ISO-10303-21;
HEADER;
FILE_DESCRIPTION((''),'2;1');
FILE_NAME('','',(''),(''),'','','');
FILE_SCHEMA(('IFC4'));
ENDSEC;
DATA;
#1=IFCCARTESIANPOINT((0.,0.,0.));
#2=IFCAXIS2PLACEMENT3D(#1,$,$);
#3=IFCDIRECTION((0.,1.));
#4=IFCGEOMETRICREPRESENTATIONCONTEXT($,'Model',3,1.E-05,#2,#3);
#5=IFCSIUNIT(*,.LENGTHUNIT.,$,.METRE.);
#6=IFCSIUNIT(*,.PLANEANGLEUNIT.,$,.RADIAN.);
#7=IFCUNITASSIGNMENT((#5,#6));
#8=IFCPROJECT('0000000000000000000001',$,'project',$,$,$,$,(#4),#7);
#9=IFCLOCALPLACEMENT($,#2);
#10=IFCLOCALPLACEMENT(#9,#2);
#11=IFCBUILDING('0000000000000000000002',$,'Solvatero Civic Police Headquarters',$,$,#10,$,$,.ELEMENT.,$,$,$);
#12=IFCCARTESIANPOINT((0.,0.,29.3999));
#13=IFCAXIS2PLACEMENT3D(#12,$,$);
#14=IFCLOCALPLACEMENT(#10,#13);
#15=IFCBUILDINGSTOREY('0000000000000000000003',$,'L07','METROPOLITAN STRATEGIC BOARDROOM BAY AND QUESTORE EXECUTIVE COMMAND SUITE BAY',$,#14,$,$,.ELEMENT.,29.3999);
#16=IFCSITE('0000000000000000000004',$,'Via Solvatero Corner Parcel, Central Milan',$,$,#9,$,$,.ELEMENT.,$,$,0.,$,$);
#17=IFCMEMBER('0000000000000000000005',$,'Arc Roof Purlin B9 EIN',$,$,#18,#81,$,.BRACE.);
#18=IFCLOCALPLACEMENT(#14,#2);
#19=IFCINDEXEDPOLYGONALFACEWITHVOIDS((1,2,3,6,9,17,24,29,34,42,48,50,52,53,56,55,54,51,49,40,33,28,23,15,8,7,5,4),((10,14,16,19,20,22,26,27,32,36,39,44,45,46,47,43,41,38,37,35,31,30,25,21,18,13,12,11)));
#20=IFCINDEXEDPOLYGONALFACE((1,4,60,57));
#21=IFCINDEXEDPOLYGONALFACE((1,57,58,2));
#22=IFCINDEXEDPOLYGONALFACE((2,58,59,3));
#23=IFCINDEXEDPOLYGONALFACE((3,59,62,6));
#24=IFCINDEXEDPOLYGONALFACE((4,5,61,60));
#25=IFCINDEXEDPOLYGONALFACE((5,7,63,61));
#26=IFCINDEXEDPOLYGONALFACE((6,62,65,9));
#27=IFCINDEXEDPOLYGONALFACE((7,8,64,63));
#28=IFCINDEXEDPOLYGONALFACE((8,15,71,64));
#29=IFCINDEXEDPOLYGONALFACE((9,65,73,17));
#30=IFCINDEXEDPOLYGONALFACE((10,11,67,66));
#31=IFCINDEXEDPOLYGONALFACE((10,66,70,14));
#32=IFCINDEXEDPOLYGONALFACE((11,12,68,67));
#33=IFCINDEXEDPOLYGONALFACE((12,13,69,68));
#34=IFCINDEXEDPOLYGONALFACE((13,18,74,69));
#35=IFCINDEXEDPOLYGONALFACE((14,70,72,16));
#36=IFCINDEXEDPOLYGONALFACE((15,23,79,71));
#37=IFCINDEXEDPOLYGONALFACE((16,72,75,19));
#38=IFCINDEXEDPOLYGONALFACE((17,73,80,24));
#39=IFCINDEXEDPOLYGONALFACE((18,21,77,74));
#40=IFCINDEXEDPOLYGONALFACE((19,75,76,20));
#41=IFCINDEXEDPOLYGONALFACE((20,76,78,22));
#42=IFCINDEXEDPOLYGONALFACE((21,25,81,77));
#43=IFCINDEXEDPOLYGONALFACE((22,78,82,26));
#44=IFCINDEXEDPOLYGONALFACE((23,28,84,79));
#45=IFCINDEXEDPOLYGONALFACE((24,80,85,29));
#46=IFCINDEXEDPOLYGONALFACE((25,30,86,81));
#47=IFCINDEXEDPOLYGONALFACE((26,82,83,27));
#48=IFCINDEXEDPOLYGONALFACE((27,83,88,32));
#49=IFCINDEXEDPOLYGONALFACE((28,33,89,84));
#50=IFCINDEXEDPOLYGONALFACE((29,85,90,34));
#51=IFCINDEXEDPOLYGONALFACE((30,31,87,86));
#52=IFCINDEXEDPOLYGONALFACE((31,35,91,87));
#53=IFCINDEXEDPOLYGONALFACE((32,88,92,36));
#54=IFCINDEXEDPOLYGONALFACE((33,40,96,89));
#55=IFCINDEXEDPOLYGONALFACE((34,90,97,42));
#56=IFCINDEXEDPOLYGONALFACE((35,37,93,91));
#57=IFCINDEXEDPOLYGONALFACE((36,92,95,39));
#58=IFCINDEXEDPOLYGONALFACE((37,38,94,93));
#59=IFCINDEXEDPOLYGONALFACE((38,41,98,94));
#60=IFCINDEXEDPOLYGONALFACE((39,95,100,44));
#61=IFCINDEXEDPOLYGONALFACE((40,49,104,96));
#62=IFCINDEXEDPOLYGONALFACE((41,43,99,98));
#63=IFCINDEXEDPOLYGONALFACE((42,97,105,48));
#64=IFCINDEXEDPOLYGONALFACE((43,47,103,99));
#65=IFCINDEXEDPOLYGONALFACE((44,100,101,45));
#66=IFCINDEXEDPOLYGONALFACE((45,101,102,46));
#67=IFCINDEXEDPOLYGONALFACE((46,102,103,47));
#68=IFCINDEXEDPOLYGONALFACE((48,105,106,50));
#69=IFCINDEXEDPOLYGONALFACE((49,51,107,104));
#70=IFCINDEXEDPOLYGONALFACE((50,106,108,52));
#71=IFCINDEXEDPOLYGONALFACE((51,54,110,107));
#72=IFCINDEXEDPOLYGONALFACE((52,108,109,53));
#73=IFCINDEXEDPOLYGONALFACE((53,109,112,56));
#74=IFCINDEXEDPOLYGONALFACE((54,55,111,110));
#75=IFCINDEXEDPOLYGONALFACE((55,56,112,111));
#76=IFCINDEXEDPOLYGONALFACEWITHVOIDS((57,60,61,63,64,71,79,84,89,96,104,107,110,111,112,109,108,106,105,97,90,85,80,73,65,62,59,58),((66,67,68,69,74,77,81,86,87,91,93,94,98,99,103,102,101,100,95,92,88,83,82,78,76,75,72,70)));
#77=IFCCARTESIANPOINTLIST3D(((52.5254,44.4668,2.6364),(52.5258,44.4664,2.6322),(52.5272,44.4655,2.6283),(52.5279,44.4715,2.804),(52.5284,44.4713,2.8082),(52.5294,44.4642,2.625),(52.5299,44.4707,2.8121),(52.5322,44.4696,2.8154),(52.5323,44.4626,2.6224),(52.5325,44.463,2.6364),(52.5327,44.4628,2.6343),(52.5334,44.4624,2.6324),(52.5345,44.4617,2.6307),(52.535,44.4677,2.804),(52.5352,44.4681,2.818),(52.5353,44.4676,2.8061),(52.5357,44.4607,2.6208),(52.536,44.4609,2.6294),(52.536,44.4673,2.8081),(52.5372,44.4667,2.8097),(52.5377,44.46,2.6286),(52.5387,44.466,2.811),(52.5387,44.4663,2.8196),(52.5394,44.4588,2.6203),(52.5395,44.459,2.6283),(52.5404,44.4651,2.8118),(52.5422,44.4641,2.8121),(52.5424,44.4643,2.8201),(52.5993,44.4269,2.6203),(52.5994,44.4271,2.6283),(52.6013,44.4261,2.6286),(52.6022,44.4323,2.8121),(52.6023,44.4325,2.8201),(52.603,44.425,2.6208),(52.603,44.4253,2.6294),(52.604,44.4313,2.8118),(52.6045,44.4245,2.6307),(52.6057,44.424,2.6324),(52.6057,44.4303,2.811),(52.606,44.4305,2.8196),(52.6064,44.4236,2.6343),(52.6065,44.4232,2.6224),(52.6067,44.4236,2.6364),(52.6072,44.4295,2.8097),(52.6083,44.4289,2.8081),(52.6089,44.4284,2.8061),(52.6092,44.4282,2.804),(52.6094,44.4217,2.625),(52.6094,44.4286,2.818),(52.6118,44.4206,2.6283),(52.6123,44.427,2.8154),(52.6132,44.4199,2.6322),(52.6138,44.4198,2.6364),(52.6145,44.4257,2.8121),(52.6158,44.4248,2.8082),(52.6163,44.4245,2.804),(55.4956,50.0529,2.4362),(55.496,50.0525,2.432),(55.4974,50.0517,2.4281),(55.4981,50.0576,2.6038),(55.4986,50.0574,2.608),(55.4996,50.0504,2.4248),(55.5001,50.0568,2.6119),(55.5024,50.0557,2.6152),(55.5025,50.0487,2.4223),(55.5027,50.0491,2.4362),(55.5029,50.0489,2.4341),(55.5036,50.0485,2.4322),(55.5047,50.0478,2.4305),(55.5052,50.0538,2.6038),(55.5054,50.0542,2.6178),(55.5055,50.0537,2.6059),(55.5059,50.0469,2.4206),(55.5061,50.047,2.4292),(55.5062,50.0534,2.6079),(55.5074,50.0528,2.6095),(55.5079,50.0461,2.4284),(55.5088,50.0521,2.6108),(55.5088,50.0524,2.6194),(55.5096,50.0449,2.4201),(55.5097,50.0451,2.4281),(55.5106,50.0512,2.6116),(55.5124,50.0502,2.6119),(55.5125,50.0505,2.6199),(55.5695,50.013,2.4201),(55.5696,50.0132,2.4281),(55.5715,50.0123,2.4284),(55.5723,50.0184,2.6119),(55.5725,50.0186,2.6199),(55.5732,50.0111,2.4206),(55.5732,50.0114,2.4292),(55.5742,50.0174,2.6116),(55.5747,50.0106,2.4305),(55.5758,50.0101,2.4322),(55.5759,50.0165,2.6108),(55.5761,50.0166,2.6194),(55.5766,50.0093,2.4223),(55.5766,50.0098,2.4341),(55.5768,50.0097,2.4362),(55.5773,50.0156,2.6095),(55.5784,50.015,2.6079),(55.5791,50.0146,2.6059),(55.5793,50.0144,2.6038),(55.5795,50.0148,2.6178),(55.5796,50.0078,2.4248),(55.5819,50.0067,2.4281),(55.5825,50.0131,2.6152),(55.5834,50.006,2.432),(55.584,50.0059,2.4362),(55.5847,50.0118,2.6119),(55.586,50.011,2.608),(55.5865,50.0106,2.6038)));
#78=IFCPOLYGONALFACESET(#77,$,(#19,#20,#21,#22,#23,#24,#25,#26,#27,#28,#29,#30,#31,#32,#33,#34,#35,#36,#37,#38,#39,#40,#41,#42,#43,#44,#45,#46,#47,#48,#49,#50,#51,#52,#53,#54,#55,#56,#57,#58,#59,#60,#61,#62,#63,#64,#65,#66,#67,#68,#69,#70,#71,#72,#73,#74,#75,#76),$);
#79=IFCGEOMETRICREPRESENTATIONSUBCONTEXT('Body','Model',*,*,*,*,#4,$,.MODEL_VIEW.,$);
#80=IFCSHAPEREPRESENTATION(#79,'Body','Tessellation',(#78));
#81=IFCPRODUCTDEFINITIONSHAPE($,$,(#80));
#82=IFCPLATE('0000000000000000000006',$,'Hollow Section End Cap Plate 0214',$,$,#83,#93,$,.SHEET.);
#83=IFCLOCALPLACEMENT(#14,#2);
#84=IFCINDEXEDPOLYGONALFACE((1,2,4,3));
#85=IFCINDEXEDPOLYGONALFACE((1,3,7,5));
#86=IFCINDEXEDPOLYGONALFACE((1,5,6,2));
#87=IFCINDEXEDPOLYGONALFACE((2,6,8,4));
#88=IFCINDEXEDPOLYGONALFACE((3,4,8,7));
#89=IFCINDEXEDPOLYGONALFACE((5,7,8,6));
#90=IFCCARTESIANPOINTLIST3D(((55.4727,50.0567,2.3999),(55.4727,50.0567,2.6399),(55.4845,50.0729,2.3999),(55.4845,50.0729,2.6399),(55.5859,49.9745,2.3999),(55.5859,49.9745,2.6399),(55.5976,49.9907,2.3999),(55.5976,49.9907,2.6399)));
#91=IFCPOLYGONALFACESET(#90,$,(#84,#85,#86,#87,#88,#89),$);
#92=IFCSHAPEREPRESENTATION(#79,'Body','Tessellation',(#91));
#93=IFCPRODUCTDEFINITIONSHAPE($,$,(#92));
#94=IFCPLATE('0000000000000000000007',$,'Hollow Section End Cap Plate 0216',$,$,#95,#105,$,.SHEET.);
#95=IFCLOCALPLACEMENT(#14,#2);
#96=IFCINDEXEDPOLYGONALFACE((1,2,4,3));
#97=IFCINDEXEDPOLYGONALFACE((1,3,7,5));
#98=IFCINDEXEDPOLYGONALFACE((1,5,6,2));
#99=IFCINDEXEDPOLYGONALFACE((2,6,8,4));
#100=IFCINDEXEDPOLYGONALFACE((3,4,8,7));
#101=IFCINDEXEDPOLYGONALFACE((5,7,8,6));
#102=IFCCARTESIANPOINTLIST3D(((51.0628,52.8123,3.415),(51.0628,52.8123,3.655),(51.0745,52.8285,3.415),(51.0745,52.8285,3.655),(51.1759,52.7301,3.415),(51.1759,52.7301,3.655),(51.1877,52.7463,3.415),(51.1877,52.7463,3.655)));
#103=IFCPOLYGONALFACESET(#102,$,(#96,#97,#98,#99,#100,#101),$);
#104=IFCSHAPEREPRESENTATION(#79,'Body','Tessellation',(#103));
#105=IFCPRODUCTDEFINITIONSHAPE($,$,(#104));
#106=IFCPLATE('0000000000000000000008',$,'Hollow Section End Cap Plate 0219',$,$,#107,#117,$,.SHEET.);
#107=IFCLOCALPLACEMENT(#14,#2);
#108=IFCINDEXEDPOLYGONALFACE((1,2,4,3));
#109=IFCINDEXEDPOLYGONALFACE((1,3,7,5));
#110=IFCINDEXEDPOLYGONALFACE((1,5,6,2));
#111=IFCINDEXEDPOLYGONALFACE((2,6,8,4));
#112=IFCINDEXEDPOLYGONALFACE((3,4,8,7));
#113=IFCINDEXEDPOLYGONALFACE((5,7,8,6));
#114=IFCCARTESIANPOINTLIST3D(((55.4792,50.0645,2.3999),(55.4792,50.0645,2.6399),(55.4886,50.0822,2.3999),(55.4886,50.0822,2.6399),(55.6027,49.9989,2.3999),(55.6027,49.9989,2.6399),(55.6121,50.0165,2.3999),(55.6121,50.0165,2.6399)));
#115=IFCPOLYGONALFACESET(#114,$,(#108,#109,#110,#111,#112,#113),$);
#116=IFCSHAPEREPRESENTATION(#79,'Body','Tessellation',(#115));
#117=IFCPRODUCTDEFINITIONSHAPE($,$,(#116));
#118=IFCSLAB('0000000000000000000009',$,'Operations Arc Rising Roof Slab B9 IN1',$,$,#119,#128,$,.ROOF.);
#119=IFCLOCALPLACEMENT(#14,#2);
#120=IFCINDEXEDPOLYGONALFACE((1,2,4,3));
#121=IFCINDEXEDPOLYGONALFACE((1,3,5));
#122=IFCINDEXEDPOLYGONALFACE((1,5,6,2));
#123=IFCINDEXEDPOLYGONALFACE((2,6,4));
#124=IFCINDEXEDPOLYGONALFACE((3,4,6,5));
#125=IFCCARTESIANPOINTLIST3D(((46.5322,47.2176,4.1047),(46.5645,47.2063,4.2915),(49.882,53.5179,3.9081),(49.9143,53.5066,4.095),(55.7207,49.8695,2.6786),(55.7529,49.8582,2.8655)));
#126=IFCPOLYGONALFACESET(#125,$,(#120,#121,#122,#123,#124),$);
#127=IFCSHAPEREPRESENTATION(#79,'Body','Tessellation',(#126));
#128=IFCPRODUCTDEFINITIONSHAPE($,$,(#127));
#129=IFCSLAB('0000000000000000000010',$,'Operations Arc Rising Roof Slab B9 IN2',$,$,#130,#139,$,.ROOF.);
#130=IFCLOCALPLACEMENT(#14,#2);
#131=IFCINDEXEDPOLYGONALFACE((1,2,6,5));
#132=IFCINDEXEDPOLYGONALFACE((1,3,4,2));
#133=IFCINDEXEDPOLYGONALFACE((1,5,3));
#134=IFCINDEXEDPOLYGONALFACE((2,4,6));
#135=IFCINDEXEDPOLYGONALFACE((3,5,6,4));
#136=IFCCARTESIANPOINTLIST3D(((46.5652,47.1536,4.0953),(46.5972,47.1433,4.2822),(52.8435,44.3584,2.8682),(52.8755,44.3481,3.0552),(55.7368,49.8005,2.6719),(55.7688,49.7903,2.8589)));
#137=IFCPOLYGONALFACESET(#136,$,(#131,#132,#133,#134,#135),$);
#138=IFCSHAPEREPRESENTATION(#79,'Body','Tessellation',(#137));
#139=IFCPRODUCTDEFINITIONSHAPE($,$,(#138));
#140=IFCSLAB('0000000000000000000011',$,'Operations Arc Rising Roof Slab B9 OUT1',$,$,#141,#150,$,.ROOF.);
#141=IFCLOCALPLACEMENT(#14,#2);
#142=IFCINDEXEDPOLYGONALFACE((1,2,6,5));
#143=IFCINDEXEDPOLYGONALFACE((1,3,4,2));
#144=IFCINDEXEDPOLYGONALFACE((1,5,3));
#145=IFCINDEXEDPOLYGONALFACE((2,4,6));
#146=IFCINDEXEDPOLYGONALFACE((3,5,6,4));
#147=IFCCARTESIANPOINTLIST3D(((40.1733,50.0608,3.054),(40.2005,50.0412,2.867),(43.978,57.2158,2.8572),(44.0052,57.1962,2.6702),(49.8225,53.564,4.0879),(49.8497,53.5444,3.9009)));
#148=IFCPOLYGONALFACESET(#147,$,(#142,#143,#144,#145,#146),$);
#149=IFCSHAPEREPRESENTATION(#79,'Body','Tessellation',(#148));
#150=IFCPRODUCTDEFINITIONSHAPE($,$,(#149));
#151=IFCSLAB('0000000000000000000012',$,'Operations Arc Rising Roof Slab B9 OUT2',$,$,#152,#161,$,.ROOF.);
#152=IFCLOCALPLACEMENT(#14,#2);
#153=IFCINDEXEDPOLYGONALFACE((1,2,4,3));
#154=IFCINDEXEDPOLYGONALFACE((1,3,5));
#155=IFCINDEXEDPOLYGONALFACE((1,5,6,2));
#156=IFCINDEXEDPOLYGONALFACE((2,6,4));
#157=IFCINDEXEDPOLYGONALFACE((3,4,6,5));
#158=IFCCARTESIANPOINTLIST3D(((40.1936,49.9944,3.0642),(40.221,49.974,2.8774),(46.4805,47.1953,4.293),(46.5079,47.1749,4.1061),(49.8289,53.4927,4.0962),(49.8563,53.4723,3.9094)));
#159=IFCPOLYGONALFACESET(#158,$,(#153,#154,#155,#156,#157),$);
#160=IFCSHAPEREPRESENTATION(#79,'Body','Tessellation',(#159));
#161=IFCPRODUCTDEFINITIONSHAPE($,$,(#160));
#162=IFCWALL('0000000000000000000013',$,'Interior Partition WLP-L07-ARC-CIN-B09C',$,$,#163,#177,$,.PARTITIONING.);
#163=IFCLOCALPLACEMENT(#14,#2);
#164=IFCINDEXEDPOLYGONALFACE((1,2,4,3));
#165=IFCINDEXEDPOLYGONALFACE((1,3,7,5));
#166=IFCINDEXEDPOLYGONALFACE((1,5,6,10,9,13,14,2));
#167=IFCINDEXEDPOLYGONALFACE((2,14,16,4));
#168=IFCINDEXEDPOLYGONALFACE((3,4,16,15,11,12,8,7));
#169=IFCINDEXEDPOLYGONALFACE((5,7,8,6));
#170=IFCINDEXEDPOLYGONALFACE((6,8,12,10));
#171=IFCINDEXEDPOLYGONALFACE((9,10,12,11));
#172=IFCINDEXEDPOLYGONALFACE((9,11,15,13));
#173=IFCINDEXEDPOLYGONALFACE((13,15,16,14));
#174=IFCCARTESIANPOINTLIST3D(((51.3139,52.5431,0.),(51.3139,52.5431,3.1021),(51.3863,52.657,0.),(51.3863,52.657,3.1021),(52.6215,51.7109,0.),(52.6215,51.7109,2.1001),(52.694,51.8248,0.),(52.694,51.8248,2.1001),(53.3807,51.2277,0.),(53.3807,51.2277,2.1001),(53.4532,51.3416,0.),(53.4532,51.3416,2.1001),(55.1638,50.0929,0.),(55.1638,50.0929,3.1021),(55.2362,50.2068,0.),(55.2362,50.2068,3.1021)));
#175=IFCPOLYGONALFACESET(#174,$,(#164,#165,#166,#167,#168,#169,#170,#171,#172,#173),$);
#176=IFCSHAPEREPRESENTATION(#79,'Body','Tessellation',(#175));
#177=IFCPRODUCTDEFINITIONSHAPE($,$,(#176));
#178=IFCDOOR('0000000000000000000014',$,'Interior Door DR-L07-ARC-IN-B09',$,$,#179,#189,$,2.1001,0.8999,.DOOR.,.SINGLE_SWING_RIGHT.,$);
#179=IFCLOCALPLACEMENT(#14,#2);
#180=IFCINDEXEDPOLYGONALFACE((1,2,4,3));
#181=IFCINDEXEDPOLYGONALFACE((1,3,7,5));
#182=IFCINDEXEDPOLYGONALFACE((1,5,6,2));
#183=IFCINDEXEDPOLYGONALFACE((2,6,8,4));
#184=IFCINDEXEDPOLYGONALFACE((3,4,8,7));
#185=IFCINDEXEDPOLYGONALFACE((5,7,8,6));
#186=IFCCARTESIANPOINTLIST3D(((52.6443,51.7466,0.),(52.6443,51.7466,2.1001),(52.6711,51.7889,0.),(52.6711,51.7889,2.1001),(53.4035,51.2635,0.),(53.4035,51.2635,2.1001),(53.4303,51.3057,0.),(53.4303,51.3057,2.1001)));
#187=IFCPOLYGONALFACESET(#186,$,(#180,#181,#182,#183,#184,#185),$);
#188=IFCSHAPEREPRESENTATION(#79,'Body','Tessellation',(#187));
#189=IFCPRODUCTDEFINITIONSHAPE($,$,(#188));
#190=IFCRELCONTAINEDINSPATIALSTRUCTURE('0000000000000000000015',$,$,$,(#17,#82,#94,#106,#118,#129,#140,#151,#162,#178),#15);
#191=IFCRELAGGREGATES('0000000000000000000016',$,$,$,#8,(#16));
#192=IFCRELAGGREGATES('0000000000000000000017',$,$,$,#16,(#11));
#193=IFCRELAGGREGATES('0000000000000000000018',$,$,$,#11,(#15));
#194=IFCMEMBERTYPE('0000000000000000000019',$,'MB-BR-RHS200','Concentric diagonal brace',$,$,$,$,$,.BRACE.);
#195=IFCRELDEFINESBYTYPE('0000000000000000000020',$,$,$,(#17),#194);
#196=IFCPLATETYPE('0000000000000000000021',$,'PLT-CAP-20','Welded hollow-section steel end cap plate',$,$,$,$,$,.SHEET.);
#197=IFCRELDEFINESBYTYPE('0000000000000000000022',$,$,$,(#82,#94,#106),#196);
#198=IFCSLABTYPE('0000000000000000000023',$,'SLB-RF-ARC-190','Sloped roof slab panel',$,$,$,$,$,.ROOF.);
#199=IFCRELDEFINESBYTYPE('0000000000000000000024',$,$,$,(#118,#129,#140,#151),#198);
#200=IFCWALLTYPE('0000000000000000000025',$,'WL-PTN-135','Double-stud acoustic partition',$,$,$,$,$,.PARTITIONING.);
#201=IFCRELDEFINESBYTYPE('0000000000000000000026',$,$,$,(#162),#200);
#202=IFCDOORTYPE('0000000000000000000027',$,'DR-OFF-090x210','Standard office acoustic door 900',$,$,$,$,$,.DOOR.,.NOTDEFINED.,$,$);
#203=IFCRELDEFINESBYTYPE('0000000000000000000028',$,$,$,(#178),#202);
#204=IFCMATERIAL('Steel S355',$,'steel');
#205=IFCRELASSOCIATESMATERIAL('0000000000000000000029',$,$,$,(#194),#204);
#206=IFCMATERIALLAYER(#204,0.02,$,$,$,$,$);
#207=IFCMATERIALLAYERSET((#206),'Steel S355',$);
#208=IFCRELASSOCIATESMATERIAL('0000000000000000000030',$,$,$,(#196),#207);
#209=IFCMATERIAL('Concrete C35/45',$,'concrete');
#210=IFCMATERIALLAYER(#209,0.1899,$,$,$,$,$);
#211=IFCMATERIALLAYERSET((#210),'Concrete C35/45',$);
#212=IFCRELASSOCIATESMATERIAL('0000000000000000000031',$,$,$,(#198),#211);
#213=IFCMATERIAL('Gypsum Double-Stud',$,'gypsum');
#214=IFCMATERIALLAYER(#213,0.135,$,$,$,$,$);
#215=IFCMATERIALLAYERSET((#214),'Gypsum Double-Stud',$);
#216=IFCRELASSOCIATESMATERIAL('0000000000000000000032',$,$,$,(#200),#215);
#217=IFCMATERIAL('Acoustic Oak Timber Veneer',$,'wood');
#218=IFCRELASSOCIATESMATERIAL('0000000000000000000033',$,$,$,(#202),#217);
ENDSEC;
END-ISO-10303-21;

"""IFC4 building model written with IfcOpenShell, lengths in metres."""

from ifc_helpers import new_model, si_unit, direction, frame, frame_2d, origin, origin_2d, place, context, subcontext, project, spatial, polyline, rectangle, hollow_rectangle, outline, extrude, material, layer, layer_set, material_profile, profile_set, type_object, element, fill, save


model = new_model("IFC4")

# Units and contexts
model_context = context("Model", 3, precision=1e-05, world=origin(), true_north=direction((0.0, 1.0)))
body_context = subcontext(model_context, "Body", "Model", "MODEL_VIEW")
ifc_project = project(units=[si_unit("LENGTHUNIT", "METRE"), si_unit("PLANEANGLEUNIT", "RADIAN")], contexts=[model_context])

# Site, building, storey
site_placement = place(None, origin())
site = spatial("IfcSite", under=ifc_project, at=site_placement, Name="Via Solvatero Corner Parcel, Central Milan", CompositionType="ELEMENT", RefElevation=0.0)
building_placement = place(site_placement, origin())
building = spatial("IfcBuilding", under=site, at=building_placement, Name="Solvatero Civic Police Headquarters", CompositionType="ELEMENT")
storey_placement = place(building_placement, frame((0.0, 0.0, 29.3999)))
storey = spatial("IfcBuildingStorey", under=building, at=storey_placement, Name="L07", Description="METROPOLITAN STRATEGIC BOARDROOM BAY AND QUESTORE EXECUTIVE COMMAND SUITE BAY", CompositionType="ELEMENT", Elevation=29.3999)

# Shared definitions
ifc_material_1 = material(Name="Steel S355", Category="steel")

# Member
ifc_material_profile_1 = material_profile(ifc_material_1, hollow_rectangle(XDim=0.1001, YDim=0.2, WallThickness=0.0081, InnerFilletRadius=0.0081, OuterFilletRadius=0.0161, at=origin_2d()), Name="RHS 200x100x8.0")
ifc_profile_set_1 = profile_set([ifc_material_profile_1], Name="Steel S355")
member_type_1 = type_object("IfcMemberType", Name="MB-BR-RHS200", Description="Concentric diagonal brace", PredefinedType="BRACE", material=ifc_profile_set_1)
member_1_placement = place(storey_placement, frame((55.541, 50.0317, 2.52), z_axis=(-0.469235, -0.882507, 0.031627), x_axis=(0.882948, -0.46947, 0.0)))
element("IfcMember", 1, at=member_1_placement, inside=storey, type_object=member_type_1, Name="Arc Roof Purlin B9 EIN", PredefinedType="BRACE", context=body_context, shape_type="SweptSolid", body=[
    extrude(hollow_rectangle(XDim=0.1001, YDim=0.2, WallThickness=0.0081, InnerFilletRadius=0.0081, OuterFilletRadius=0.0161, at=origin_2d()), origin(), (0.0, 0.0, 1.0), 6.3298),
])

# Plates
ifc_layer_1 = layer(ifc_material_1, 0.02)
ifc_layer_set_1 = layer_set([ifc_layer_1], Name="Steel S355")
plate_type = type_object("IfcPlateType", Name="PLT-CAP-20", Description="Welded hollow-section steel end cap plate", PredefinedType="SHEET", material=ifc_layer_set_1)
for number, where, z_axis, x_axis, name in (
    (2, (55.5352, 50.0237, 2.3999), (0.0, 0.0, 1.0), (-0.587785, -0.809017, 0.0), "Hollow Section End Cap Plate 0214"),
    (3, (51.1252, 52.7793, 3.415), (0.0, 0.0, 1.0), (-0.587785, -0.809017, 0.0), "Hollow Section End Cap Plate 0216"),
    (4, (55.5457, 50.0405, 2.3999), (0.0, 0.0, 1.0), (-0.469472, -0.882948, 0.0), "Hollow Section End Cap Plate 0219"),
):
    element("IfcPlate", number, at=place(storey_placement, frame(where, z_axis=z_axis, x_axis=x_axis)), inside=storey, type_object=plate_type, Name=name, PredefinedType="SHEET", context=body_context, shape_type="SweptSolid", body=[
        extrude(rectangle(XDim=0.02, YDim=0.1399, at=origin_2d()), origin(), (0.0, 0.0, 1.0), 0.24),
    ])

# Slabs
ifc_material_2 = material(Name="Concrete C35/45", Category="concrete")
ifc_layer_2 = layer(ifc_material_2, 0.1899)
ifc_layer_set_2 = layer_set([ifc_layer_2], Name="Concrete C35/45")
slab_type = type_object("IfcSlabType", Name="SLB-RF-ARC-190", Description="Sloped roof slab panel", PredefinedType="ROOF", material=ifc_layer_set_2)
slab_1_placement = place(storey_placement, frame((55.7529, 49.8582, 2.8655), z_axis=(0.169873, -0.059636, 0.98366), x_axis=(-0.95028, -0.274257, 0.147481)))
element("IfcSlab", 5, at=slab_1_placement, inside=storey, type_object=slab_type, Name="Operations Arc Rising Roof Slab B9 IN1", PredefinedType="ROOF", context=body_context, shape_type="SweptSolid", body=[
    extrude(outline(polyline([(0.0, 0.0), (9.6692, 0.0), (4.729, -5.1525), (0.0, 0.0)])), origin(), (0.0, 0.0, -1.0), 0.1899),
])
slab_2_placement = place(storey_placement, frame((55.7688, 49.7903, 2.8589), z_axis=(0.168327, -0.053991, 0.984251), x_axis=(-0.469192, -0.882522, 0.031831)))
element("IfcSlab", 6, at=slab_2_placement, inside=storey, type_object=slab_type, Name="Operations Arc Rising Roof Slab B9 IN2", PredefinedType="ROOF", context=body_context, shape_type="SweptSolid", body=[
    extrude(outline(polyline([(0.0, 0.0), (6.1666, 0.0), (6.6846, -6.9619), (0.0, 0.0)])), origin(), (0.0, 0.0, -1.0), 0.1899),
])
slab_3_placement = place(storey_placement, frame((49.8225, 53.564, 4.0879), z_axis=(-0.142891, 0.103054, 0.984359), x_axis=(-0.935237, -0.339542, -0.100213)))
element("IfcSlab", 7, at=slab_3_placement, inside=storey, type_object=slab_type, Name="Operations Arc Rising Roof Slab B9 OUT1", PredefinedType="ROOF", context=body_context, shape_type="SweptSolid", body=[
    extrude(outline(polyline([(0.0, 0.0), (10.3174, 0.0), (4.3494, -5.4856), (0.0, 0.0)])), origin(), (0.0, 0.0, -1.0), 0.1899),
])
slab_4_placement = place(storey_placement, frame((49.8289, 53.4927, 4.0962), z_axis=(-0.144389, 0.107511, 0.983663), x_axis=(-0.469295, -0.88261, 0.027579)))
element("IfcSlab", 8, at=slab_4_placement, inside=storey, type_object=slab_type, Name="Operations Arc Rising Roof Slab B9 OUT2", PredefinedType="ROOF", context=body_context, shape_type="SweptSolid", body=[
    extrude(outline(polyline([(0.0, 0.0), (7.1349, 0.0), (7.5809, -6.9764), (0.0, 0.0)])), origin(), (0.0, 0.0, -1.0), 0.1899),
])

# Wall, opening, door
ifc_material_3 = material(Name="Gypsum Double-Stud", Category="gypsum")
ifc_layer_3 = layer(ifc_material_3, 0.135)
ifc_layer_set_3 = layer_set([ifc_layer_3], Name="Gypsum Double-Stud")
wall_type_1 = type_object("IfcWallType", Name="WL-PTN-135", Description="Double-stud acoustic partition", PredefinedType="PARTITIONING", material=ifc_layer_set_3)
wall_1_placement = place(storey_placement, frame((51.3501, 52.6001, 0.0), z_axis=(0.0, 0.0, 1.0), x_axis=(0.843633, -0.53692, 0.0)))
wall_1 = element("IfcWall", 9, at=wall_1_placement, inside=storey, type_object=wall_type_1, Name="Interior Partition WLP-L07-ARC-CIN-B09C", PredefinedType="PARTITIONING", context=body_context, shape_type="SweptSolid", body=[
    extrude(rectangle(XDim=4.5635, YDim=0.135, at=frame_2d((2.2817, 0.0))), origin(), (0.0, 0.0, 1.0), 3.1021),
])
opening_placement = place(wall_1_placement, frame((1.55, 0.0, 0.0)))
opening = element("IfcOpeningElement", 10, at=opening_placement, cuts=wall_1, PredefinedType="OPENING", context=body_context, shape_type="SweptSolid", body=[
    extrude(rectangle(XDim=0.8999, YDim=2.1001, at=frame_2d((0.45, 1.05))), frame((0.0, 0.0774, 0.0), z_axis=(0.0, -1.0, 0.0), x_axis=(1.0, 0.0, 0.0)), (0.0, 0.0, 1.0), 0.155),
])
ifc_material_4 = material(Name="Acoustic Oak Timber Veneer", Category="wood")
door_type = type_object("IfcDoorType", Name="DR-OFF-090x210", Description="Standard office acoustic door 900", OperationType="NOTDEFINED", PredefinedType="DOOR", material=ifc_material_4)
door_placement = place(opening_placement, origin())
door = element("IfcDoor", 11, at=door_placement, inside=storey, type_object=door_type, Name="Interior Door DR-L07-ARC-IN-B09", OperationType="SINGLE_SWING_RIGHT", OverallHeight=2.1001, OverallWidth=0.8999, PredefinedType="DOOR", context=body_context, shape_type="SweptSolid", body=[
    extrude(rectangle(XDim=0.8999, YDim=2.1001, at=frame_2d((0.45, 1.05))), frame((0.0, 0.0249, 0.0), z_axis=(0.0, -1.0, 0.0), x_axis=(1.0, 0.0, 0.0)), (0.0, 0.0, 1.0), 0.05),
])
fill(opening, door)

save(model, "model.ifc")
